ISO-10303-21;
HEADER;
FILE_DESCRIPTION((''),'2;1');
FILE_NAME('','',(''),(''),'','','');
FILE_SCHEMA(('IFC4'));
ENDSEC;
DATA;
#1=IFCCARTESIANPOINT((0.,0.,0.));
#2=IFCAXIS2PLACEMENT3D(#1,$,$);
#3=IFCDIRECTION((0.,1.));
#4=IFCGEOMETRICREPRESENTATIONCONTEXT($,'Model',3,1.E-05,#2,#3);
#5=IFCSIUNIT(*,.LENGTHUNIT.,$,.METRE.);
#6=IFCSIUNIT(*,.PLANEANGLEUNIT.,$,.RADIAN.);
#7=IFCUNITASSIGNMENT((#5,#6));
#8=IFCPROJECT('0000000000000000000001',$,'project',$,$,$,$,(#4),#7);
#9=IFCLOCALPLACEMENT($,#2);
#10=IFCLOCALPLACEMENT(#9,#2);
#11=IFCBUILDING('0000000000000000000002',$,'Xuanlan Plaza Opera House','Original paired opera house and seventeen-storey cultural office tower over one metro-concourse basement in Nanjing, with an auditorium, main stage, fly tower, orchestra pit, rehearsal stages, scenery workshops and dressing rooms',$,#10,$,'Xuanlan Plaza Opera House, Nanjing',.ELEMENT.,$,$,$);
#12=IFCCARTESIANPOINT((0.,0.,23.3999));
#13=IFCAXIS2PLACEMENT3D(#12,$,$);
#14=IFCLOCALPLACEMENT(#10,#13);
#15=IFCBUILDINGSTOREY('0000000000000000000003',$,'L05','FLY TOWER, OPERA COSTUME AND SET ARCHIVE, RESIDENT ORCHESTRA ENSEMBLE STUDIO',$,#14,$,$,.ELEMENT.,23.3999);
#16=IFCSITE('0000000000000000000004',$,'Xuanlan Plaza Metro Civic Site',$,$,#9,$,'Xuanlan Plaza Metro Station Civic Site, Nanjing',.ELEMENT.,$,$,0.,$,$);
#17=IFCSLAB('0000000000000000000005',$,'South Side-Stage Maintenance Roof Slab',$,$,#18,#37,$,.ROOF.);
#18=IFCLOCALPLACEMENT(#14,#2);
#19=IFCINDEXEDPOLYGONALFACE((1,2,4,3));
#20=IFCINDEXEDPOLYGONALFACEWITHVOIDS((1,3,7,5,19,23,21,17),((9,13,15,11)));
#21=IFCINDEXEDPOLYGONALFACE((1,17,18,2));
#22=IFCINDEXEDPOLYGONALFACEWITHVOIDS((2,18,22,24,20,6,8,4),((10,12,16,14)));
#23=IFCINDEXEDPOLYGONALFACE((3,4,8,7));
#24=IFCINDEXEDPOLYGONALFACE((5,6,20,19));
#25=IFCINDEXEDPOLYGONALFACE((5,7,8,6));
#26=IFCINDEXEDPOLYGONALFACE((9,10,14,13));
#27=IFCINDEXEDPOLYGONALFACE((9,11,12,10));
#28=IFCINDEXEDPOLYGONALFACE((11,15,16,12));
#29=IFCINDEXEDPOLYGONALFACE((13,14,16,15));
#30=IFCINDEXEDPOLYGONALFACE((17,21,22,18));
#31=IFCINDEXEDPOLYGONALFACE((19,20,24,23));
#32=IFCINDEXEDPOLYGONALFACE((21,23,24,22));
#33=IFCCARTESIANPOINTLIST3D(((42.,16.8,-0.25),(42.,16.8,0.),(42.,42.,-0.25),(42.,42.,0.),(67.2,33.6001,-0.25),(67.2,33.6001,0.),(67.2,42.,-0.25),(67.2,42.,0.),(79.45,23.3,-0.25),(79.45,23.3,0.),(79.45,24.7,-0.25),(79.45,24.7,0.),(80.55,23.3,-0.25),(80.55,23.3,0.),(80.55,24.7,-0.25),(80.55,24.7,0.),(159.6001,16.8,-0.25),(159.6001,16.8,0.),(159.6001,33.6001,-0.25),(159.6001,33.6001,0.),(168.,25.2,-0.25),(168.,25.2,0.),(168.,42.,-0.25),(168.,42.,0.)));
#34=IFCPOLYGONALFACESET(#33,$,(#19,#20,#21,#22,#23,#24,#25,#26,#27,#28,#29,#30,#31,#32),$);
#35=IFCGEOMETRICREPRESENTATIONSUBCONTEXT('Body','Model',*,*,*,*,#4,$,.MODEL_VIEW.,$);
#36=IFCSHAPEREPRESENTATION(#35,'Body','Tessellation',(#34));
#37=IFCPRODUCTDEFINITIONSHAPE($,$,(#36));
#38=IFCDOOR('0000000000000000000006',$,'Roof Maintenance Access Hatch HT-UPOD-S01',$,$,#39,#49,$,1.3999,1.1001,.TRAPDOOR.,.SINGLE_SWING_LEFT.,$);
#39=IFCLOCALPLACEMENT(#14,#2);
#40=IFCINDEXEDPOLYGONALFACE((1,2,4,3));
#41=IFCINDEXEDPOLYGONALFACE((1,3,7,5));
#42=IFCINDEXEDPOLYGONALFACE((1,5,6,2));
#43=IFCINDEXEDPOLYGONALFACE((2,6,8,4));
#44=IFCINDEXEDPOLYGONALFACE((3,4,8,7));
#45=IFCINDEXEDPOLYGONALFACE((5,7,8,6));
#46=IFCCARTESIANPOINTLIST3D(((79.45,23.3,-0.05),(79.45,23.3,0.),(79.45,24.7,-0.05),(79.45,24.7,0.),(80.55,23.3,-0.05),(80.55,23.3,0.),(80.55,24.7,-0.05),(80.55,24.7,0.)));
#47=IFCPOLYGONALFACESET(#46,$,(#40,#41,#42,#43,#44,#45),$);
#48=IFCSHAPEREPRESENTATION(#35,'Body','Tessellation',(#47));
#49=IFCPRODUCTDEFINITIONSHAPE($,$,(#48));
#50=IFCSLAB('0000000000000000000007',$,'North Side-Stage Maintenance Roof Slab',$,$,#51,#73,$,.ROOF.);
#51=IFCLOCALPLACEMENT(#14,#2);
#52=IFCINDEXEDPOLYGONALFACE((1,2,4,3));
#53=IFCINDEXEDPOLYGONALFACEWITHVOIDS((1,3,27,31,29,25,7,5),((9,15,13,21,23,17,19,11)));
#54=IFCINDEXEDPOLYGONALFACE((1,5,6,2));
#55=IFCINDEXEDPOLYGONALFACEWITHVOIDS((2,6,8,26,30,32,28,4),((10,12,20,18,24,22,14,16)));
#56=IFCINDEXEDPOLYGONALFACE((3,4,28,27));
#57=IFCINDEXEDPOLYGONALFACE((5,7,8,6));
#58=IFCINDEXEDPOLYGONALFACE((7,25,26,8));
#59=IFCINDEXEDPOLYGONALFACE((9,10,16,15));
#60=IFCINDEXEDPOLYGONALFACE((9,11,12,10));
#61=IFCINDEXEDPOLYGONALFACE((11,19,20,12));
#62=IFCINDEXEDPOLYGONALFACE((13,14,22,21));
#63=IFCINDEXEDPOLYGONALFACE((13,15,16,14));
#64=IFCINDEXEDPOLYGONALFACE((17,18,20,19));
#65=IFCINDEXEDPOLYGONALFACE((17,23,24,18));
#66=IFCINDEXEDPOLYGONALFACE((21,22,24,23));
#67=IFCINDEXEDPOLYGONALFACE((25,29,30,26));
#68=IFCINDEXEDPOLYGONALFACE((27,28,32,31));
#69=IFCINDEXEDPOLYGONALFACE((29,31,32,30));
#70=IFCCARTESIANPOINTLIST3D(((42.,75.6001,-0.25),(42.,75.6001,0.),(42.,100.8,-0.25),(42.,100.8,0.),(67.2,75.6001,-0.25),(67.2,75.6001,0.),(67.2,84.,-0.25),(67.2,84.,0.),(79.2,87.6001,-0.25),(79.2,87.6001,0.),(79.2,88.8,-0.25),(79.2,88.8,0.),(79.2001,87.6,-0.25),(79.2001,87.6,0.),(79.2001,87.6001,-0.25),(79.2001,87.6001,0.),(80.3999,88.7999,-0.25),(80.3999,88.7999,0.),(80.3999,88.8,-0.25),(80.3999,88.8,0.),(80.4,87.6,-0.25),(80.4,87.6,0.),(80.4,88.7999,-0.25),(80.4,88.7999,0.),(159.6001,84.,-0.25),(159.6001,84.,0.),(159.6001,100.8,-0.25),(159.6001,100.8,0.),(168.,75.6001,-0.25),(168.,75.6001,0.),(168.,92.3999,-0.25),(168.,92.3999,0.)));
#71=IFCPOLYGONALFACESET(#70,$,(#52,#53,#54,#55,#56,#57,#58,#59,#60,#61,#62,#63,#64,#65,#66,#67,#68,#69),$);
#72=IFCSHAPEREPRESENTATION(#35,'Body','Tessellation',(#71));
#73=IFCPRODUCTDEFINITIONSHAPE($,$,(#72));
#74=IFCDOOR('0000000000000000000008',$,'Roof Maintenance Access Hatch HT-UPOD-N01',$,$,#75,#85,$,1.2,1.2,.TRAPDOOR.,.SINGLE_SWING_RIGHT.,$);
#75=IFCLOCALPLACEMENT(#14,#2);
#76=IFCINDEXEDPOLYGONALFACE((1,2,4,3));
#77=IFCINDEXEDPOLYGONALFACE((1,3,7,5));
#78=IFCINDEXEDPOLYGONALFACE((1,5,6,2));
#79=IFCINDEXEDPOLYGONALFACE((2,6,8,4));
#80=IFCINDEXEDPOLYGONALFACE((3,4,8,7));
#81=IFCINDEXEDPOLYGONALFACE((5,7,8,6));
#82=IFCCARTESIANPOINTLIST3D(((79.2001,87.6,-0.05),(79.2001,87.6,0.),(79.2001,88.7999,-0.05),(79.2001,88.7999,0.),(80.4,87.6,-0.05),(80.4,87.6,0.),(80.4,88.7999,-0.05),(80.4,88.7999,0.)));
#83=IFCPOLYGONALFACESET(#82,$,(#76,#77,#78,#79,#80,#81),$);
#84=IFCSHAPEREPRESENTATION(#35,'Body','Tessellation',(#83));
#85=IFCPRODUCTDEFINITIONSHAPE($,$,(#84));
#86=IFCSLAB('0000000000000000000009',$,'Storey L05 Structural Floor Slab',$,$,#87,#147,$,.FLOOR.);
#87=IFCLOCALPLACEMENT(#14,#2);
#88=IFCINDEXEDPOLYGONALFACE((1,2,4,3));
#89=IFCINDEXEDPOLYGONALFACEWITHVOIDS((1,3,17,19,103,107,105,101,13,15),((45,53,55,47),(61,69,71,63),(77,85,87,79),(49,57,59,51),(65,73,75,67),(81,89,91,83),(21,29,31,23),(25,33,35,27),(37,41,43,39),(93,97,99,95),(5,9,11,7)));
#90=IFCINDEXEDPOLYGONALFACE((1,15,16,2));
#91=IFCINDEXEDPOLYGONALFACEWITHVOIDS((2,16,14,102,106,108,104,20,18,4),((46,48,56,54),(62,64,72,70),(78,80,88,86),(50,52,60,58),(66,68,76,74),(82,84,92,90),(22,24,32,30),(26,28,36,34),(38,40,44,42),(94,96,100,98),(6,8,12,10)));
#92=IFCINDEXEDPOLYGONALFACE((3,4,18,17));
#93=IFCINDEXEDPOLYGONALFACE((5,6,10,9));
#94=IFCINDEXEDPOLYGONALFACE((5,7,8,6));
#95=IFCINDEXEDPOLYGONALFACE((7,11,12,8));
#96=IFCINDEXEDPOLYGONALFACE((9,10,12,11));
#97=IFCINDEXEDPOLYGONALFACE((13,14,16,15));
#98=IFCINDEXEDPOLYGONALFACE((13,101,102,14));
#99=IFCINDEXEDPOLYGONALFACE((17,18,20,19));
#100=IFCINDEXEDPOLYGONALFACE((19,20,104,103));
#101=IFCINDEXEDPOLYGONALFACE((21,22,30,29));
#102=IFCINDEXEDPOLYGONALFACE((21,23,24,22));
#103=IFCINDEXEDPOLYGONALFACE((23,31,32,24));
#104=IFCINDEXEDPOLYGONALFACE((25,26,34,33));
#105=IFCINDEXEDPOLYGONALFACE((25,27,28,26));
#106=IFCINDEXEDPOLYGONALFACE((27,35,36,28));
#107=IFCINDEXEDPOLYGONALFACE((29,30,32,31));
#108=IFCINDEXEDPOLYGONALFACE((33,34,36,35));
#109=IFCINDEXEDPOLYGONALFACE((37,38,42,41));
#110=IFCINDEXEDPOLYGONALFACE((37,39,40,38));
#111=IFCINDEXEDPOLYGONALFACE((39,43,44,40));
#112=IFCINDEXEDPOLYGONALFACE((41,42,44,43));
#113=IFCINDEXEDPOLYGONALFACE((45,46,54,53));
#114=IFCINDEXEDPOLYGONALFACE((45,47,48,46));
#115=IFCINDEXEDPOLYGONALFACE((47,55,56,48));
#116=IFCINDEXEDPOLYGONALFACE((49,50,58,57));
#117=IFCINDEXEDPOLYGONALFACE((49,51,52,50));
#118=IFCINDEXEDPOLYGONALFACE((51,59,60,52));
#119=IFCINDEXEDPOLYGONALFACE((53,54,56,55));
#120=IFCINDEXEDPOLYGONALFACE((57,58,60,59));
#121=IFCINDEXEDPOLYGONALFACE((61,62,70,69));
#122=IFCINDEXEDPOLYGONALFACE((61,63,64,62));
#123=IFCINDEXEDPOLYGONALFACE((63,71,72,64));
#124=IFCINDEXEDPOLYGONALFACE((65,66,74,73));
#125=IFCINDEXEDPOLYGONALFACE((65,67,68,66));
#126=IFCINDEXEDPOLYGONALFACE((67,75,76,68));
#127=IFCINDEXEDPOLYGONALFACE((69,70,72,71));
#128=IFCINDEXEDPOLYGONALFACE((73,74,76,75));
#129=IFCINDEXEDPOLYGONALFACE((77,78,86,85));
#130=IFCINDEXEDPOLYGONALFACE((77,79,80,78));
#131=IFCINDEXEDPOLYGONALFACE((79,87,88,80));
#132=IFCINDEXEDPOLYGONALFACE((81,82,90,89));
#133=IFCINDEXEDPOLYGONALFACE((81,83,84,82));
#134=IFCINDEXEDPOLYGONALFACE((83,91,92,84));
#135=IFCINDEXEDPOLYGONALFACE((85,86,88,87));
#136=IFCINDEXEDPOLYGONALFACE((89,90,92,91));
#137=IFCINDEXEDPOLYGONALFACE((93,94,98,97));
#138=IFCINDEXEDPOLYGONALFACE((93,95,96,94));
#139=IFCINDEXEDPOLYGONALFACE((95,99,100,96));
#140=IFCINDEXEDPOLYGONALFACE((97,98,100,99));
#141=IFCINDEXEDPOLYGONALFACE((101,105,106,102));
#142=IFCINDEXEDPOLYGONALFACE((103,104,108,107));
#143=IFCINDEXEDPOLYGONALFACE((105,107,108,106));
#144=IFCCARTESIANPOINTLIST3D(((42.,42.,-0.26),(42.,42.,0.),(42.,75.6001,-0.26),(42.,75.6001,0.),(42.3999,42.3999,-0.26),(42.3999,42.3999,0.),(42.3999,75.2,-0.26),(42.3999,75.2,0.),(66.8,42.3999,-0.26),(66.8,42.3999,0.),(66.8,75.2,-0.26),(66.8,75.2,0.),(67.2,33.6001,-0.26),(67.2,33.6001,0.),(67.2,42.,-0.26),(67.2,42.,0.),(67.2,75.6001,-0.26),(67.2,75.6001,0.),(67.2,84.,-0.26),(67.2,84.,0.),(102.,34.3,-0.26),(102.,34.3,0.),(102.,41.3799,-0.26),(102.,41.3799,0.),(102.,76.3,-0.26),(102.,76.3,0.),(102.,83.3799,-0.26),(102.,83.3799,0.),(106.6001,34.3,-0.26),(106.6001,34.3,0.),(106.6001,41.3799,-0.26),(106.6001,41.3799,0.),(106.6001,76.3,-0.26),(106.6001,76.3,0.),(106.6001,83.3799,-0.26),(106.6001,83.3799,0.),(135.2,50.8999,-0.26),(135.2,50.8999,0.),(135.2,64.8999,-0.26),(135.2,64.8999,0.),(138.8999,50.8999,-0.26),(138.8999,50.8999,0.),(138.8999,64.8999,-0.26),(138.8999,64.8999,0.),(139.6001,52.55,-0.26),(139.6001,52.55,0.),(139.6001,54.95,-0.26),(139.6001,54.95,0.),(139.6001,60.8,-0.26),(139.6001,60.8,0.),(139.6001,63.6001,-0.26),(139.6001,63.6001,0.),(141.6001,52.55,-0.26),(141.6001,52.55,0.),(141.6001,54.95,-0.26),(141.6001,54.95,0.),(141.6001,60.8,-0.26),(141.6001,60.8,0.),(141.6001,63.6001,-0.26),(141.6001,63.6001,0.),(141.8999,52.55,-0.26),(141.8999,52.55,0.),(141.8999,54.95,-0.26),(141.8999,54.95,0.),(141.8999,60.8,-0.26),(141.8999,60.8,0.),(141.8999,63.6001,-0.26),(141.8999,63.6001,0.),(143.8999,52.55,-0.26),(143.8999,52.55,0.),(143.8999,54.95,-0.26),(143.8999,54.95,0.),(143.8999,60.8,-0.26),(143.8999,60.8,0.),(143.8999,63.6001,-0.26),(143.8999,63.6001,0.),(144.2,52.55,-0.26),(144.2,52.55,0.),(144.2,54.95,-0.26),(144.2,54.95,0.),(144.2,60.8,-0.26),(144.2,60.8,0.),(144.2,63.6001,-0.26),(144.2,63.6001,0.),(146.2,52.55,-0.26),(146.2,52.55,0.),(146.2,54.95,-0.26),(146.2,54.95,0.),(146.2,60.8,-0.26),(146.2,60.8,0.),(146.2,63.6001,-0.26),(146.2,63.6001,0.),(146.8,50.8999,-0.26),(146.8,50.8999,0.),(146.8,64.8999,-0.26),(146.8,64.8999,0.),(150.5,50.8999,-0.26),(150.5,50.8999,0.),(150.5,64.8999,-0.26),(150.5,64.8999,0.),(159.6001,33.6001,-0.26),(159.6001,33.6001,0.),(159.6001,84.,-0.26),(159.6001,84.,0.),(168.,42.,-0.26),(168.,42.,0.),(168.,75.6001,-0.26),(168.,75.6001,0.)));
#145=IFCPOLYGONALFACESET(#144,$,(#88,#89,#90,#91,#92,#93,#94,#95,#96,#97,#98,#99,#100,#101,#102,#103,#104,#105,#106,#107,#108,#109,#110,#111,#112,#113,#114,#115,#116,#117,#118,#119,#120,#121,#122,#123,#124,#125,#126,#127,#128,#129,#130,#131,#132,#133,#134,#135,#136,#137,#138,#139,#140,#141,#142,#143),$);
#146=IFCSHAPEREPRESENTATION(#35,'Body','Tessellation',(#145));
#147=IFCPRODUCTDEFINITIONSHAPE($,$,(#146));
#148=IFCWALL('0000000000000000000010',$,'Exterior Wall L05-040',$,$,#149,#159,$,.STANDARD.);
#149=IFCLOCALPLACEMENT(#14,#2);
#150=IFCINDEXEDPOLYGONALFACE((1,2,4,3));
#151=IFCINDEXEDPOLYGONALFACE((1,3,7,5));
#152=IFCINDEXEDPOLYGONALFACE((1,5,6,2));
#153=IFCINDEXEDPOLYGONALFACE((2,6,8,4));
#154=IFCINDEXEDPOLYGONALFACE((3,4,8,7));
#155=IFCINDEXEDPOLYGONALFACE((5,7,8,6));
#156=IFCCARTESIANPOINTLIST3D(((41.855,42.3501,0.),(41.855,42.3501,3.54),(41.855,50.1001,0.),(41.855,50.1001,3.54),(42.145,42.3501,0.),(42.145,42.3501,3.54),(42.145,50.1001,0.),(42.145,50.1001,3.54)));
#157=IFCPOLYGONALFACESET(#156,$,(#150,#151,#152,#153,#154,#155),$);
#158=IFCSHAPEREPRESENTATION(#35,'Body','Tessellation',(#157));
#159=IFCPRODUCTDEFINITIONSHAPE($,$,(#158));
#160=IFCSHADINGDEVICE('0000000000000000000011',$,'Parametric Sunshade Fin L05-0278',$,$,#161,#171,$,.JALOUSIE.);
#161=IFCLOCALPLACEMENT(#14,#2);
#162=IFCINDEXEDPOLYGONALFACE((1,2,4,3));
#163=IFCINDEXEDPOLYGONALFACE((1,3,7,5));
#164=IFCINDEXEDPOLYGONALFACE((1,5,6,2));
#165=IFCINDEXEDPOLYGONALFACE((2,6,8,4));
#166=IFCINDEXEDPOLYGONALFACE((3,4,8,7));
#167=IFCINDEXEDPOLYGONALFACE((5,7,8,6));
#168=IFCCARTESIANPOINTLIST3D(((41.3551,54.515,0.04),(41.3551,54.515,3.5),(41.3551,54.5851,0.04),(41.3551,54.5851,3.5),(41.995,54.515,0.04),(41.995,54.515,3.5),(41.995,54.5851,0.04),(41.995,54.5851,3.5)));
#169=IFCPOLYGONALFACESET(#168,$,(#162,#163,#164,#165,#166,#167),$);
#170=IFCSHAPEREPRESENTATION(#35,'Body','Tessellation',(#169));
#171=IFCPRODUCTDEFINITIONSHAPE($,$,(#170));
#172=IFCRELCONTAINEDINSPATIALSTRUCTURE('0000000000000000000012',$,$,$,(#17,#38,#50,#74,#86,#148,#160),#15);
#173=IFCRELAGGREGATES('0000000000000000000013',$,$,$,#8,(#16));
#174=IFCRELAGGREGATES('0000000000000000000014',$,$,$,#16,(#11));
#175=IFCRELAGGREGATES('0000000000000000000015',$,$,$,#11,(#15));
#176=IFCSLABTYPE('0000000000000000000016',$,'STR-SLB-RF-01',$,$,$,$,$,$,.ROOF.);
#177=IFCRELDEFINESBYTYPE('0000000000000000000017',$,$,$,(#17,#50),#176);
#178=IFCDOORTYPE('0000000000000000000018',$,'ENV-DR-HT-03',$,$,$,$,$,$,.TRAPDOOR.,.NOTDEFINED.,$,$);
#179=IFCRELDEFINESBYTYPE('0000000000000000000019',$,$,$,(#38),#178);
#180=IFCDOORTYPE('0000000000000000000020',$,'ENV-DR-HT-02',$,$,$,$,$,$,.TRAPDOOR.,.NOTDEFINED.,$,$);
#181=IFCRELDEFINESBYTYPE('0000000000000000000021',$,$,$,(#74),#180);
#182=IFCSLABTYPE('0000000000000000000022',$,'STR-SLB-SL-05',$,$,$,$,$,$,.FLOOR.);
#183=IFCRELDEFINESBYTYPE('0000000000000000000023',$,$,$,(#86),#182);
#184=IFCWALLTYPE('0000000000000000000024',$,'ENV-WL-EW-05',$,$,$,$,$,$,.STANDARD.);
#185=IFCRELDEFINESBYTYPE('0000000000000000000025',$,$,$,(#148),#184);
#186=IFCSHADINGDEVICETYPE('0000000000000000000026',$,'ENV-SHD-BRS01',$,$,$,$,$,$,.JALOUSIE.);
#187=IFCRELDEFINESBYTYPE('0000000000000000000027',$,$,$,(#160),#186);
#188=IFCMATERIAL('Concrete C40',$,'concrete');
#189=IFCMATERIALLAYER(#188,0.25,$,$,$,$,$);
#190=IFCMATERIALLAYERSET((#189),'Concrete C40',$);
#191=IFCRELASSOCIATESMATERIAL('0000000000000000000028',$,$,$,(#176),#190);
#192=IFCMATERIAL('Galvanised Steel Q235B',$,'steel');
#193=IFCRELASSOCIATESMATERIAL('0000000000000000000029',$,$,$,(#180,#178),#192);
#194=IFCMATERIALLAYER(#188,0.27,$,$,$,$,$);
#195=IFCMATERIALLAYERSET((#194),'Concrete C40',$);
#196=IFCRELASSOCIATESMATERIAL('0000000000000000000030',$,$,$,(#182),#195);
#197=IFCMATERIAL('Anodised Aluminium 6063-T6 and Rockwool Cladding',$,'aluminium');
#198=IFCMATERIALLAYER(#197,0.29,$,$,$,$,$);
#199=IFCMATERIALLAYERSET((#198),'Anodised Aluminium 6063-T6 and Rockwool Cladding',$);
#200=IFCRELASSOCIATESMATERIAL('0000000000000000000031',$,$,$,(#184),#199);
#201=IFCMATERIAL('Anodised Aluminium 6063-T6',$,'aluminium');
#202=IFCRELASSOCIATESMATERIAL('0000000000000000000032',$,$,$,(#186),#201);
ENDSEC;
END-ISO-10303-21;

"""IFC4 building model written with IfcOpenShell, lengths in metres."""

from ifc_helpers import new_model, si_unit, direction, frame, frame_2d, origin, origin_2d, place, context, subcontext, project, spatial, polyline, rectangle, outline, extrude, material, layer, layer_set, type_object, element, fill, save


model = new_model("IFC4")

# Units and contexts
model_context = context("Model", 3, precision=1e-05, world=origin(), true_north=direction((0.0, 1.0)))
body_context = subcontext(model_context, "Body", "Model", "MODEL_VIEW")
ifc_project = project(units=[si_unit("LENGTHUNIT", "METRE"), si_unit("PLANEANGLEUNIT", "RADIAN")], contexts=[model_context])

# Site, building, storey
site_placement = place(None, origin())
site = spatial("IfcSite", under=ifc_project, at=site_placement, Name="Xuanlan Plaza Metro Civic Site", LongName="Xuanlan Plaza Metro Station Civic Site, Nanjing", CompositionType="ELEMENT", RefElevation=0.0)
building_placement = place(site_placement, origin())
building = spatial("IfcBuilding", under=site, at=building_placement, Name="Xuanlan Plaza Opera House", Description="Original paired opera house and seventeen-storey cultural office tower over one metro-concourse basement in Nanjing, with an auditorium, main stage, fly tower, orchestra pit, rehearsal stages, scenery workshops and dressing rooms", LongName="Xuanlan Plaza Opera House, Nanjing", CompositionType="ELEMENT")
storey_placement = place(building_placement, frame((0.0, 0.0, 23.3999)))
storey = spatial("IfcBuildingStorey", under=building, at=storey_placement, Name="L05", Description="FLY TOWER, OPERA COSTUME AND SET ARCHIVE, RESIDENT ORCHESTRA ENSEMBLE STUDIO", CompositionType="ELEMENT", Elevation=23.3999)

# Shared definitions
ifc_material_1 = material(Name="Concrete C40", Category="concrete")

# Slabs, openings, doors
ifc_layer_1 = layer(ifc_material_1, 0.25)
ifc_layer_set_1 = layer_set([ifc_layer_1], Name="Concrete C40")
slab_type_1 = type_object("IfcSlabType", Name="STR-SLB-RF-01", PredefinedType="ROOF", material=ifc_layer_set_1)
ifc_material_2 = material(Name="Galvanised Steel Q235B", Category="steel")
door_type_1 = type_object("IfcDoorType", Name="ENV-DR-HT-02", OperationType="NOTDEFINED", PredefinedType="TRAPDOOR", material=ifc_material_2)
slab_1_placement = place(storey_placement, frame((0.0, 0.0, -0.25)))
slab_1 = element("IfcSlab", 1, at=slab_1_placement, inside=storey, type_object=slab_type_1, Name="South Side-Stage Maintenance Roof Slab", PredefinedType="ROOF", context=body_context, shape_type="SweptSolid", body=[
    extrude(outline(polyline([(42.0, 16.8), (159.6001, 16.8), (168.0, 25.2), (168.0, 42.0), (159.6001, 33.6001), (67.2, 33.6001), (67.2, 42.0), (42.0, 42.0), (42.0, 16.8)]), holes=[polyline([(79.45, 23.3), (80.55, 23.3), (80.55, 24.7), (79.45, 24.7), (79.45, 23.3)])]), origin(), (0.0, 0.0, 1.0), 0.25),
])
opening_1_placement = place(slab_1_placement, frame((80.0, 24.0, 0.0)))
opening_1 = element("IfcOpeningElement", 2, at=opening_1_placement, cuts=slab_1, PredefinedType="OPENING", context=body_context, shape_type="SweptSolid", body=[
    extrude(rectangle(XDim=1.1001, YDim=1.3999, at=origin_2d()), origin(), (0.0, 0.0, 1.0), 0.25),
])
door_type_2 = type_object("IfcDoorType", Name="ENV-DR-HT-03", OperationType="NOTDEFINED", PredefinedType="TRAPDOOR", material=ifc_material_2)
door_1_placement = place(opening_1_placement, frame((0.0, 0.0, 0.2)))
door_1 = element("IfcDoor", 3, at=door_1_placement, inside=storey, type_object=door_type_2, Name="Roof Maintenance Access Hatch HT-UPOD-S01", OperationType="SINGLE_SWING_LEFT", OverallHeight=1.3999, OverallWidth=1.1001, PredefinedType="TRAPDOOR", context=body_context, shape_type="SweptSolid", body=[
    extrude(rectangle(XDim=1.1001, YDim=1.3999, at=origin_2d()), origin(), (0.0, 0.0, 1.0), 0.05),
])
fill(opening_1, door_1)
slab_2_placement = place(storey_placement, frame((0.0, 0.0, -0.25)))
slab_2 = element("IfcSlab", 4, at=slab_2_placement, inside=storey, type_object=slab_type_1, Name="North Side-Stage Maintenance Roof Slab", PredefinedType="ROOF", context=body_context, shape_type="SweptSolid", body=[
    extrude(outline(polyline([(42.0, 75.6001), (67.2, 75.6001), (67.2, 84.0), (159.6001, 84.0), (168.0, 75.6001), (168.0, 92.3999), (159.6001, 100.8), (42.0, 100.8), (42.0, 75.6001)]), holes=[polyline([(79.2, 87.6001), (80.3999, 87.6001), (80.3999, 88.8), (79.2, 88.8), (79.2, 87.6001)])]), origin(), (0.0, 0.0, 1.0), 0.25),
])
opening_2_placement = place(slab_2_placement, frame((79.8, 88.2, 0.0)))
opening_2 = element("IfcOpeningElement", 5, at=opening_2_placement, cuts=slab_2, PredefinedType="OPENING", context=body_context, shape_type="SweptSolid", body=[
    extrude(rectangle(XDim=1.2, YDim=1.2, at=origin_2d()), origin(), (0.0, 0.0, 1.0), 0.25),
])
door_2_placement = place(opening_2_placement, frame((0.0, 0.0, 0.2)))
door_2 = element("IfcDoor", 6, at=door_2_placement, inside=storey, type_object=door_type_1, Name="Roof Maintenance Access Hatch HT-UPOD-N01", OperationType="SINGLE_SWING_RIGHT", OverallHeight=1.2, OverallWidth=1.2, PredefinedType="TRAPDOOR", context=body_context, shape_type="SweptSolid", body=[
    extrude(rectangle(XDim=1.2, YDim=1.2, at=origin_2d()), origin(), (0.0, 0.0, 1.0), 0.05),
])
fill(opening_2, door_2)

# Slab
ifc_layer_2 = layer(ifc_material_1, 0.27)
ifc_layer_set_2 = layer_set([ifc_layer_2], Name="Concrete C40")
slab_type_2 = type_object("IfcSlabType", Name="STR-SLB-SL-05", PredefinedType="FLOOR", material=ifc_layer_set_2)
slab_3_placement = place(storey_placement, frame((0.0, 0.0, -0.26)))
element("IfcSlab", 7, at=slab_3_placement, inside=storey, type_object=slab_type_2, Name="Storey L05 Structural Floor Slab", PredefinedType="FLOOR", context=body_context, shape_type="SweptSolid", body=[
    extrude(outline(polyline([(42.0, 42.0), (67.2, 42.0), (67.2, 33.6001), (159.6001, 33.6001), (168.0, 42.0), (168.0, 75.6001), (159.6001, 84.0), (67.2, 84.0), (67.2, 75.6001), (42.0, 75.6001), (42.0, 42.0)]), holes=[polyline([(135.2, 50.8999), (138.8999, 50.8999), (138.8999, 64.8999), (135.2, 64.8999), (135.2, 50.8999)]), polyline([(146.8, 50.8999), (150.5, 50.8999), (150.5, 64.8999), (146.8, 64.8999), (146.8, 50.8999)]), polyline([(102.0, 34.3), (106.6001, 34.3), (106.6001, 41.3799), (102.0, 41.3799), (102.0, 34.3)]), polyline([(102.0, 76.3), (106.6001, 76.3), (106.6001, 83.3799), (102.0, 83.3799), (102.0, 76.3)]), polyline([(139.6001, 60.8), (141.6001, 60.8), (141.6001, 63.6001), (139.6001, 63.6001), (139.6001, 60.8)]), polyline([(141.8999, 60.8), (143.8999, 60.8), (143.8999, 63.6001), (141.8999, 63.6001), (141.8999, 60.8)]), polyline([(144.2, 60.8), (146.2, 60.8), (146.2, 63.6001), (144.2, 63.6001), (144.2, 60.8)]), polyline([(139.6001, 52.55), (141.6001, 52.55), (141.6001, 54.95), (139.6001, 54.95), (139.6001, 52.55)]), polyline([(141.8999, 52.55), (143.8999, 52.55), (143.8999, 54.95), (141.8999, 54.95), (141.8999, 52.55)]), polyline([(144.2, 52.55), (146.2, 52.55), (146.2, 54.95), (144.2, 54.95), (144.2, 52.55)]), polyline([(42.3999, 42.3999), (66.8, 42.3999), (66.8, 75.2), (42.3999, 75.2), (42.3999, 42.3999)])]), origin(), (0.0, 0.0, 1.0), 0.26),
])

# Wall
ifc_material_3 = material(Name="Anodised Aluminium 6063-T6 and Rockwool Cladding", Category="aluminium")
ifc_layer_3 = layer(ifc_material_3, 0.29)
ifc_layer_set_3 = layer_set([ifc_layer_3], Name="Anodised Aluminium 6063-T6 and Rockwool Cladding")
wall_type = type_object("IfcWallType", Name="ENV-WL-EW-05", PredefinedType="STANDARD", material=ifc_layer_set_3)
wall_placement = place(storey_placement, frame((42.0, 50.1001, 0.0), z_axis=(0.0, 0.0, 1.0), x_axis=(0.0, -1.0, 0.0)))
element("IfcWall", 8, at=wall_placement, inside=storey, type_object=wall_type, Name="Exterior Wall L05-040", PredefinedType="STANDARD", context=body_context, shape_type="SweptSolid", body=[
    extrude(rectangle(XDim=7.75, YDim=0.29, at=frame_2d((3.875, 0.0))), origin(), (0.0, 0.0, 1.0), 3.54),
])

# Shading device
ifc_material_4 = material(Name="Anodised Aluminium 6063-T6", Category="aluminium")
shading_device_type = type_object("IfcShadingDeviceType", Name="ENV-SHD-BRS01", PredefinedType="JALOUSIE", material=ifc_material_4)
shading_device_placement = place(storey_placement, frame((41.675, 54.55, 0.04), z_axis=(0.0, 0.0, 1.0), x_axis=(-1.0, 0.0, 0.0)))
element("IfcShadingDevice", 9, at=shading_device_placement, inside=storey, type_object=shading_device_type, Name="Parametric Sunshade Fin L05-0278", PredefinedType="JALOUSIE", context=body_context, shape_type="SweptSolid", body=[
    extrude(rectangle(XDim=0.6399, YDim=0.0701, at=origin_2d()), origin(), (0.0, 0.0, 1.0), 3.46),
])

save(model, "model.ifc")
